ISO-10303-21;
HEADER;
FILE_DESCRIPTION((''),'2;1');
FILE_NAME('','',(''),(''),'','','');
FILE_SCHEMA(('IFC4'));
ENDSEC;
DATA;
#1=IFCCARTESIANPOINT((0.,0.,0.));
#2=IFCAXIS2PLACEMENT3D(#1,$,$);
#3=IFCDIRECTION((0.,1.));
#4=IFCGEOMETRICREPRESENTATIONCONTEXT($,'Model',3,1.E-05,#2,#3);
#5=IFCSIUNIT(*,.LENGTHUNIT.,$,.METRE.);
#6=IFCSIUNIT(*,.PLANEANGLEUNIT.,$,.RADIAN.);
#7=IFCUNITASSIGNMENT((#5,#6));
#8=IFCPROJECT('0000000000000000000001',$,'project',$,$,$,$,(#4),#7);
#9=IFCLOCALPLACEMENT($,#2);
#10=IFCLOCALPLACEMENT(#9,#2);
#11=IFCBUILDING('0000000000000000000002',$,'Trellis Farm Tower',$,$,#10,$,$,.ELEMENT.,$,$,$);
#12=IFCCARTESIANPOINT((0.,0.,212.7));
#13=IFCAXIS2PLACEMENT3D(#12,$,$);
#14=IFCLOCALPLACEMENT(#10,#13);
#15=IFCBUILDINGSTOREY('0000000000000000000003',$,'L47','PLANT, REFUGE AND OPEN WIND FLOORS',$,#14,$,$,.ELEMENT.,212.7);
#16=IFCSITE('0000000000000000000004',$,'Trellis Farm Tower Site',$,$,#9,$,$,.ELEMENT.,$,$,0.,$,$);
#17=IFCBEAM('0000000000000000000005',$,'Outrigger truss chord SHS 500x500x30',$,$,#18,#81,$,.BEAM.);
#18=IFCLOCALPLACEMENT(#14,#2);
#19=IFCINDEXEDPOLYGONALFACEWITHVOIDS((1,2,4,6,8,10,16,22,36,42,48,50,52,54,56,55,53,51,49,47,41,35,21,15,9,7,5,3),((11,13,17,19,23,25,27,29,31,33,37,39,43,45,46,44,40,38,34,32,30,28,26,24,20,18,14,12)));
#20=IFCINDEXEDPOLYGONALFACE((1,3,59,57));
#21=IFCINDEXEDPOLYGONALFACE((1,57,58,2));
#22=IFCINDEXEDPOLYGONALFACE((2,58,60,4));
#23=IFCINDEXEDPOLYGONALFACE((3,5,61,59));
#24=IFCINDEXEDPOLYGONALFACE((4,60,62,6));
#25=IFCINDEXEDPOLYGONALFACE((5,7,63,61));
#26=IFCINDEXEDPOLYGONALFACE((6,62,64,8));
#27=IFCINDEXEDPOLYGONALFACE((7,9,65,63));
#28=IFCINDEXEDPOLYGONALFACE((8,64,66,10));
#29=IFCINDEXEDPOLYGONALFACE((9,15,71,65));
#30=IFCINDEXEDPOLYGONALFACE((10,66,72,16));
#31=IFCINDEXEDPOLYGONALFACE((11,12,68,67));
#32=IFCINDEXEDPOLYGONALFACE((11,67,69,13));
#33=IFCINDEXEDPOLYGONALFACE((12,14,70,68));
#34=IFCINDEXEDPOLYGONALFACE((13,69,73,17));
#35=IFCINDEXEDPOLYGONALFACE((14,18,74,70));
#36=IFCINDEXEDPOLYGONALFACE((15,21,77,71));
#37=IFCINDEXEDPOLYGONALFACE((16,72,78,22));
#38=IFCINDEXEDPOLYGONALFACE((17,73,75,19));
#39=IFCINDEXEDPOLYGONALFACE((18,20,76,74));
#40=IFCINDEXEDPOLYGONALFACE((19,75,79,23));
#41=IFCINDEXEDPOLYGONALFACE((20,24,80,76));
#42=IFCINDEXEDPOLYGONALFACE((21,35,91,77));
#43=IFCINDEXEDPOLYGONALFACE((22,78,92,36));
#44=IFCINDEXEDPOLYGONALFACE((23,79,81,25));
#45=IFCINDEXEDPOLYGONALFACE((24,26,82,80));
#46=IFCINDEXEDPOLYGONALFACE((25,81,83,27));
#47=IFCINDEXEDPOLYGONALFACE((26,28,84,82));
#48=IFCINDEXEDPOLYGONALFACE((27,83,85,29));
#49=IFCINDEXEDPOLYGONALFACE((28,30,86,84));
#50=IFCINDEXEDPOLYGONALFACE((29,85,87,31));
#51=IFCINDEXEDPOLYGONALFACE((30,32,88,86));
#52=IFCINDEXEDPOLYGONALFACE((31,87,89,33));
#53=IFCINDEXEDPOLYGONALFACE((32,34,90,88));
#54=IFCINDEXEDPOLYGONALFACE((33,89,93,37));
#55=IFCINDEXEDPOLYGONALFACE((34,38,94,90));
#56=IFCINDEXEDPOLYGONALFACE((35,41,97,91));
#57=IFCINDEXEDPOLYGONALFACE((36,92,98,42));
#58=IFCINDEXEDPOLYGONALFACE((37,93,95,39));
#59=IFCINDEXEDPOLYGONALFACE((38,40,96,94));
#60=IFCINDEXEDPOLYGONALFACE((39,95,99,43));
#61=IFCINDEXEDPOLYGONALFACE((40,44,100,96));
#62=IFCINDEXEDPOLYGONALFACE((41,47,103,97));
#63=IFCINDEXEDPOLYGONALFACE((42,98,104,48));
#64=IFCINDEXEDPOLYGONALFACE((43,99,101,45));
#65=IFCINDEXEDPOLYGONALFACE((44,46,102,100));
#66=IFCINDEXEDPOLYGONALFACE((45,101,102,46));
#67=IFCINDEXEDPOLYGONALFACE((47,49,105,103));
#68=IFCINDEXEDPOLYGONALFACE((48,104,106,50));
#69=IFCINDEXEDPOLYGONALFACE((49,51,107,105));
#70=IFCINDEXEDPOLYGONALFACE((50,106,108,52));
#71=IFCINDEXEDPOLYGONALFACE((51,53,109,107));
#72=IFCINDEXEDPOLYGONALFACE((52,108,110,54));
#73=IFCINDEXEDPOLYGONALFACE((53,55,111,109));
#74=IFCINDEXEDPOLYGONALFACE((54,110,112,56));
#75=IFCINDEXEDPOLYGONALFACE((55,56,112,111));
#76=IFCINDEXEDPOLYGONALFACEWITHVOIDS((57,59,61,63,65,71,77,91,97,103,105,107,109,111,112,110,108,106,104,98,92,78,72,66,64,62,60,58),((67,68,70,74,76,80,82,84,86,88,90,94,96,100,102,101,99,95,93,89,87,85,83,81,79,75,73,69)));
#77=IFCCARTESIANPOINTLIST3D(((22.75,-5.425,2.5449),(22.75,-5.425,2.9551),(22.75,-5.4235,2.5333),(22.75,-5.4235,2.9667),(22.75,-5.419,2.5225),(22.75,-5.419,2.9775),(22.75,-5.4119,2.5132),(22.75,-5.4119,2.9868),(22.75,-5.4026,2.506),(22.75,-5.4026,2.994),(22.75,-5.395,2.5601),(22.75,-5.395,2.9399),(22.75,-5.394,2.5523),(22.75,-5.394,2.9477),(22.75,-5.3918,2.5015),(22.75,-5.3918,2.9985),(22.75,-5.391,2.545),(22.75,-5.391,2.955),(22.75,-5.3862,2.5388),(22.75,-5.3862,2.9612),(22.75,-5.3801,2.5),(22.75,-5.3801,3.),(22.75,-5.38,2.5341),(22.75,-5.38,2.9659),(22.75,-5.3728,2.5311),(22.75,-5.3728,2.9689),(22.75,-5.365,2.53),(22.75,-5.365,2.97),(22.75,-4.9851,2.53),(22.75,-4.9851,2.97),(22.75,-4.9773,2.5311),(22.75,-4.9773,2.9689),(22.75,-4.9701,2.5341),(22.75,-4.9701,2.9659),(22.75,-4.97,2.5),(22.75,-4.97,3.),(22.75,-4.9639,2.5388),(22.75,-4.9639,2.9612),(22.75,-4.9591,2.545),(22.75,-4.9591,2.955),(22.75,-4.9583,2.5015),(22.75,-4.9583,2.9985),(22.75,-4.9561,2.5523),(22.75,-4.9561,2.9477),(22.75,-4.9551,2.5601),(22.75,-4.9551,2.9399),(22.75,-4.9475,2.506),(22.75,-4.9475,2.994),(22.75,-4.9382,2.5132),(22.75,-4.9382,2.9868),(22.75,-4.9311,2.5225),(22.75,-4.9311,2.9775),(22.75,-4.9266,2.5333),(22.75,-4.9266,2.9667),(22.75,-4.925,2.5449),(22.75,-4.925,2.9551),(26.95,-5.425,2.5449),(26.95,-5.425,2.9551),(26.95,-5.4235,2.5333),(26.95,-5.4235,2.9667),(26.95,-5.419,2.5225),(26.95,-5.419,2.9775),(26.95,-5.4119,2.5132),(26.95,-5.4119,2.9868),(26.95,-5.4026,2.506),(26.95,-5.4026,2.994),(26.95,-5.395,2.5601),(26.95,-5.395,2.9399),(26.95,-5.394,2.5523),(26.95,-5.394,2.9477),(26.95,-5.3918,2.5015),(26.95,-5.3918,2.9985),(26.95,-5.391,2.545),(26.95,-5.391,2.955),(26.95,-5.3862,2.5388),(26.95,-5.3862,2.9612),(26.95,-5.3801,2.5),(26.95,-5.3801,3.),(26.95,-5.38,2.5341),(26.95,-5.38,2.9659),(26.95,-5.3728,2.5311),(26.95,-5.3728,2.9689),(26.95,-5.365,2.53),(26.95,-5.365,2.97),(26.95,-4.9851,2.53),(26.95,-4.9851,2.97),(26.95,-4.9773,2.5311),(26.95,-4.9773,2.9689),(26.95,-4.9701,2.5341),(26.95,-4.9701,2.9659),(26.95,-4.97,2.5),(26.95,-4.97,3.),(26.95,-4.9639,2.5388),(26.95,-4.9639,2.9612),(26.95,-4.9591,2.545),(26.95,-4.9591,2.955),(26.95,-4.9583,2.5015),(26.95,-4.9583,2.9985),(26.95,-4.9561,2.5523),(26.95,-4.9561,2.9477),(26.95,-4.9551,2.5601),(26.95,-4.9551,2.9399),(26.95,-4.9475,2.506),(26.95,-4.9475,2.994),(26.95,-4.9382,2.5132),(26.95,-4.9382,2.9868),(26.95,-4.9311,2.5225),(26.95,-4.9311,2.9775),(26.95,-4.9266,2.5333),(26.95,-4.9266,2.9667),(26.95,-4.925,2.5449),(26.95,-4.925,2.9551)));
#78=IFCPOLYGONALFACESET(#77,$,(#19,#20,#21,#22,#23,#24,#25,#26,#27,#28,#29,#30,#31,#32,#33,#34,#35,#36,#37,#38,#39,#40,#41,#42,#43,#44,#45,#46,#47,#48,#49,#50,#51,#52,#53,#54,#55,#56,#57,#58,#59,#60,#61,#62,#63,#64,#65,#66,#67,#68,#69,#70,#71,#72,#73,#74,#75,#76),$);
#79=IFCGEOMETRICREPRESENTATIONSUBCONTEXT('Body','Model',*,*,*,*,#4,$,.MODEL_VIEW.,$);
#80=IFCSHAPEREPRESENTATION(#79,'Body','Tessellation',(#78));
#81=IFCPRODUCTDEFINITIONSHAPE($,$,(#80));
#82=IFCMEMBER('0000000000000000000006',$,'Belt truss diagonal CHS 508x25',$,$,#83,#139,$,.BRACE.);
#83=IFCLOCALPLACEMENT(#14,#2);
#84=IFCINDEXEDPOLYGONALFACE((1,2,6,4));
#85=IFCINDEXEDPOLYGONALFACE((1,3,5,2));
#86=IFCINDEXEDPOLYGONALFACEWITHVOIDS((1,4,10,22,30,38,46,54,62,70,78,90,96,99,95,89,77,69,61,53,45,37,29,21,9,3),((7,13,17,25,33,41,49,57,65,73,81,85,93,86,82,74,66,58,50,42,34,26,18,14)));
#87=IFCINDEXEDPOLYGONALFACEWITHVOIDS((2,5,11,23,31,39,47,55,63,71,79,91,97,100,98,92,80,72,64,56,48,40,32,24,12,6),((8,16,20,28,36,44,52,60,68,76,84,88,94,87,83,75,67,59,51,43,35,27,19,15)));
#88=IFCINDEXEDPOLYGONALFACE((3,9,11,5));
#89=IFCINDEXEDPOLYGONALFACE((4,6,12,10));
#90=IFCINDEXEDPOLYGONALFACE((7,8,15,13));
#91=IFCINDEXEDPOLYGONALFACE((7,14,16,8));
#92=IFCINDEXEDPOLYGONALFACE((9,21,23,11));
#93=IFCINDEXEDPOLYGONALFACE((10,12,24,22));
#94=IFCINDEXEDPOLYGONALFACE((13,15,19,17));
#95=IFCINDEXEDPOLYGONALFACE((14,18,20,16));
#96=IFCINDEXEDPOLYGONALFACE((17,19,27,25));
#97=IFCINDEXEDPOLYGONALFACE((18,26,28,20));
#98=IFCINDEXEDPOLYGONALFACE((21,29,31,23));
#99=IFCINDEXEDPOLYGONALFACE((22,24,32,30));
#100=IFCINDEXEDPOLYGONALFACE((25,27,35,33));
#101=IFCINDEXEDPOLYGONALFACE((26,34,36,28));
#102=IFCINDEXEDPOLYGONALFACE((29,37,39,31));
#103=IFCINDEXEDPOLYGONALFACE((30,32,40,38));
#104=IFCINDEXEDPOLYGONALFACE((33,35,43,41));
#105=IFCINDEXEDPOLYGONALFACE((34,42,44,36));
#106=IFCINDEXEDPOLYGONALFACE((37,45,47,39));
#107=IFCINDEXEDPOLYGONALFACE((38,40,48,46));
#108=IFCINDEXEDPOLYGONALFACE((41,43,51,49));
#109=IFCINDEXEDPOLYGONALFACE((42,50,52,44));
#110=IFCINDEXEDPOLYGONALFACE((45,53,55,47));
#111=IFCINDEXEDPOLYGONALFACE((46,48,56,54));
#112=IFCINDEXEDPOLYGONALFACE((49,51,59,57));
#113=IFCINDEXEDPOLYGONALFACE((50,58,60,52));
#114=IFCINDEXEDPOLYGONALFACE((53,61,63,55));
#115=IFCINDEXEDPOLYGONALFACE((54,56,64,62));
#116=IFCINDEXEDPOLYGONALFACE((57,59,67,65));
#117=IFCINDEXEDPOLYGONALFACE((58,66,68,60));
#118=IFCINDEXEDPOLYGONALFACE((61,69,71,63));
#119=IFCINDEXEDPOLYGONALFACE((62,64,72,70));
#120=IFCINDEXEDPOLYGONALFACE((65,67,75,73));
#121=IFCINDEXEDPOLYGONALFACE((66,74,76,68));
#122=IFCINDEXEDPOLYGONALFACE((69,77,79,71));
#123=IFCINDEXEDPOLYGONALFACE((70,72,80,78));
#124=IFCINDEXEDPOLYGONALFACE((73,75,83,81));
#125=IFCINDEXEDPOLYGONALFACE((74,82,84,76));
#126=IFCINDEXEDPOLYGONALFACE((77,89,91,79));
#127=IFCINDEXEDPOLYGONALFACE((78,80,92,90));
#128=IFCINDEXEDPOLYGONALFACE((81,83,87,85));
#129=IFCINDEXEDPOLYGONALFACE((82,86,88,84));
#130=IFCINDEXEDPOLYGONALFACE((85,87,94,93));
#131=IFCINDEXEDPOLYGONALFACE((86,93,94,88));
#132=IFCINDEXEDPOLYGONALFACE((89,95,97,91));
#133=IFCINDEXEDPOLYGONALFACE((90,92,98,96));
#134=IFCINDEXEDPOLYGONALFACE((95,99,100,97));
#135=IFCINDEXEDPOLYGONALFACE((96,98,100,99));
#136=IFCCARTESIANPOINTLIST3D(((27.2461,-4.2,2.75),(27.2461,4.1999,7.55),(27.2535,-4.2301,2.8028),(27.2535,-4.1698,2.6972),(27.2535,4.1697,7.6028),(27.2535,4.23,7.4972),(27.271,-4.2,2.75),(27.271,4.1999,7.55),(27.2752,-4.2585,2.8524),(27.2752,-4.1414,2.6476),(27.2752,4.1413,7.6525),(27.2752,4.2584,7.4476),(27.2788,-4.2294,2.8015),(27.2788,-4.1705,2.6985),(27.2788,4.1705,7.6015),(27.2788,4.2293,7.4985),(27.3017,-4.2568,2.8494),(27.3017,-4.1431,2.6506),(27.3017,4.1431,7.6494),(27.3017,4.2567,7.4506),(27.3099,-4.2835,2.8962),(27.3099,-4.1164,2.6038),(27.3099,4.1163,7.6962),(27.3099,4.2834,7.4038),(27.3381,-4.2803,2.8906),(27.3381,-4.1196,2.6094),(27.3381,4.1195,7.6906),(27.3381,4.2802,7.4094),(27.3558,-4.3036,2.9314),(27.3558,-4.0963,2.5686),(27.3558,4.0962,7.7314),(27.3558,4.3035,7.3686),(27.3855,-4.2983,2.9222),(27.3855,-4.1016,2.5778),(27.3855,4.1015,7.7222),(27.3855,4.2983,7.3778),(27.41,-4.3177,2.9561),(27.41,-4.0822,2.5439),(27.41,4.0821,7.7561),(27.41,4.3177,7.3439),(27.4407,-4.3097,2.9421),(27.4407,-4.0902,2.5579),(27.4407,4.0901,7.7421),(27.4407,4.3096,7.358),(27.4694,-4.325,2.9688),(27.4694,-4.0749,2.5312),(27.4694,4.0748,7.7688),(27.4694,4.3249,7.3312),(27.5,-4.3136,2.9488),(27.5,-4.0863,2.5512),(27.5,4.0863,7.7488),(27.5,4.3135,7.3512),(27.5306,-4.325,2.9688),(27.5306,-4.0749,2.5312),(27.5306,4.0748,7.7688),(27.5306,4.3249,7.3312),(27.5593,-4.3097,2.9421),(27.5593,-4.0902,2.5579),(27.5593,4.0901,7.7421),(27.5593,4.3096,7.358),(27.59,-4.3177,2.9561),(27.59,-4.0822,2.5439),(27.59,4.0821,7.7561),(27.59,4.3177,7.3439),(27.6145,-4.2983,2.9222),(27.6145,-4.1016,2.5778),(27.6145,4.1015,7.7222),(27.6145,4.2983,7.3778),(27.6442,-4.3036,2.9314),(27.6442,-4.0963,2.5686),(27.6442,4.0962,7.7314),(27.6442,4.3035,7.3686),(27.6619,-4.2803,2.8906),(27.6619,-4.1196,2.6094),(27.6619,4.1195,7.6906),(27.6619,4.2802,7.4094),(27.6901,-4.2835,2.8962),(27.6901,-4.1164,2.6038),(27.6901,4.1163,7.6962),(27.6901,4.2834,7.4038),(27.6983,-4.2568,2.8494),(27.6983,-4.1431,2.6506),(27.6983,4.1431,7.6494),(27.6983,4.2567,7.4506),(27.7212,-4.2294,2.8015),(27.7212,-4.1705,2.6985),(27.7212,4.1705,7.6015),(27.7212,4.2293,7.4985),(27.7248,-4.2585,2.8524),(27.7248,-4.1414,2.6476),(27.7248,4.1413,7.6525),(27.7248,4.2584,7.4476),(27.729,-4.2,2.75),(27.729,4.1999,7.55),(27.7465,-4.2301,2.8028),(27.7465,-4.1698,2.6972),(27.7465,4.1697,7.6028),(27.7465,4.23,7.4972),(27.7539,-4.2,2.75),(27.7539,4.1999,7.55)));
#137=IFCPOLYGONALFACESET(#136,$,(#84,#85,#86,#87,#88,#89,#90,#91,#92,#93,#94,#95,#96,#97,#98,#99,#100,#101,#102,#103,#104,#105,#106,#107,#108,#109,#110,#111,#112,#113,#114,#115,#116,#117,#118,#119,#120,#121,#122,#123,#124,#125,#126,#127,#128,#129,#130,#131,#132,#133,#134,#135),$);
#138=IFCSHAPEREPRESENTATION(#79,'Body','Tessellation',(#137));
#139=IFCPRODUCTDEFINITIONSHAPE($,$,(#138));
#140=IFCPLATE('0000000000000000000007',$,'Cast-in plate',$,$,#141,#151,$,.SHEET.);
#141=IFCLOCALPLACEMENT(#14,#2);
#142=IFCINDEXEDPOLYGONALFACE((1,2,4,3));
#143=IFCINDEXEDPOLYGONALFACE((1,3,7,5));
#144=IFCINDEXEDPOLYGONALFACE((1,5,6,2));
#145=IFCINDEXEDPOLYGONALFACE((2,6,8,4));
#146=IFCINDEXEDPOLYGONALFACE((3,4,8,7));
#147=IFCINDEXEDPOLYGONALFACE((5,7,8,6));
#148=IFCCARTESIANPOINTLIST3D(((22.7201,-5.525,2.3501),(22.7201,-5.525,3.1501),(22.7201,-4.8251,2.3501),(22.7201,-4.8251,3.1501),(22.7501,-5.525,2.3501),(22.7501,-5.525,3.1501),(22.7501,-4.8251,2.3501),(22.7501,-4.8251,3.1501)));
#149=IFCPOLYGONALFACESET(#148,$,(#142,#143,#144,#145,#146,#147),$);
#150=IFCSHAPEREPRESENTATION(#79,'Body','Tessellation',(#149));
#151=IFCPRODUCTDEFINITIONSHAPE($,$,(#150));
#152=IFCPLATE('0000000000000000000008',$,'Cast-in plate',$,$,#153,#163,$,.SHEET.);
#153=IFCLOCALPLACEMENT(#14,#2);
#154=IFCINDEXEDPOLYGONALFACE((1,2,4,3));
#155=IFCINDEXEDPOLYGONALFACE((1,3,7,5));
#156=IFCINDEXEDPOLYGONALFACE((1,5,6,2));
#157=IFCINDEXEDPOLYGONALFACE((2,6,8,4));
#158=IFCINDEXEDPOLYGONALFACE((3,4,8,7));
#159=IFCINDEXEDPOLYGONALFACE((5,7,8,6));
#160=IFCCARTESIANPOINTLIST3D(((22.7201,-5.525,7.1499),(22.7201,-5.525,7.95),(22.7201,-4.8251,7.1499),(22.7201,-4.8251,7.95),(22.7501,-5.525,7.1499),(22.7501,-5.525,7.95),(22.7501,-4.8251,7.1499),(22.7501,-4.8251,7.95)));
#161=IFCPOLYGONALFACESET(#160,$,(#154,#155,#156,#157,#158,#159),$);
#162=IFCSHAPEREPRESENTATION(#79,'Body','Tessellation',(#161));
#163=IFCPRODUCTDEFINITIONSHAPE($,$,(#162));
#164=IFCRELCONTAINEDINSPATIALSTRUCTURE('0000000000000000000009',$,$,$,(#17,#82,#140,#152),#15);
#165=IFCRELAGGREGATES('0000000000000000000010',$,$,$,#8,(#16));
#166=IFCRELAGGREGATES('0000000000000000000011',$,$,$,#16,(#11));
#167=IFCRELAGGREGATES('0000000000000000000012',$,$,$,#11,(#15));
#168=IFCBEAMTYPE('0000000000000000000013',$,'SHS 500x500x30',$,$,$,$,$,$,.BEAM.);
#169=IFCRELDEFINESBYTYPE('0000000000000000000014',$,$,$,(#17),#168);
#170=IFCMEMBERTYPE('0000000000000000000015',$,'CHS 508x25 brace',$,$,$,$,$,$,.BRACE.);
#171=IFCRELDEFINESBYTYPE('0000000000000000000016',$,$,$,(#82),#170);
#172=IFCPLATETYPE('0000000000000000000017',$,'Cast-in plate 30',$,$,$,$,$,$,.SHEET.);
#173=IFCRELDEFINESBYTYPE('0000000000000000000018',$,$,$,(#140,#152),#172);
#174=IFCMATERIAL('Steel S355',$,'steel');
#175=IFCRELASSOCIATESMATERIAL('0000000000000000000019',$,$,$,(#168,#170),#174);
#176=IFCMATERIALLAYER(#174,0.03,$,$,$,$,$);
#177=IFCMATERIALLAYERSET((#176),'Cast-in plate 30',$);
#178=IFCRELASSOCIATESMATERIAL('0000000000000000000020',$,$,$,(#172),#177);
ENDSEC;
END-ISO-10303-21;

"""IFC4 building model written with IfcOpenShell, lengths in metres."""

from ifc_helpers import new_model, si_unit, direction, frame, origin, origin_2d, place, context, subcontext, project, spatial, rectangle, hollow_rectangle, hollow_circle, extrude, source, transform, mapped, material, layer, layer_set, material_profile, profile_set, type_object, element, save


model = new_model("IFC4")

# Units and contexts
model_context = context("Model", 3, precision=1e-05, world=origin(), true_north=direction((0.0, 1.0)))
body_context = subcontext(model_context, "Body", "Model", "MODEL_VIEW")
ifc_project = project(units=[si_unit("LENGTHUNIT", "METRE"), si_unit("PLANEANGLEUNIT", "RADIAN")], contexts=[model_context])

# Site, building, storey
site_placement = place(None, origin())
site = spatial("IfcSite", under=ifc_project, at=site_placement, Name="Trellis Farm Tower Site", CompositionType="ELEMENT", RefElevation=0.0)
building_placement = place(site_placement, origin())
building = spatial("IfcBuilding", under=site, at=building_placement, Name="Trellis Farm Tower", CompositionType="ELEMENT")
storey_placement = place(building_placement, frame((0.0, 0.0, 212.7)))
storey = spatial("IfcBuildingStorey", under=building, at=storey_placement, Name="L47", Description="PLANT, REFUGE AND OPEN WIND FLOORS", CompositionType="ELEMENT", Elevation=212.7)

# Shared definitions
ifc_material_1 = material(Name="Steel S355", Category="steel")

# Beam
ifc_material_profile_1 = material_profile(ifc_material_1, hollow_rectangle(XDim=0.5, YDim=0.5, WallThickness=0.03, InnerFilletRadius=0.03, OuterFilletRadius=0.0449, at=origin_2d()), Name="SHS 500x500x30")
ifc_profile_set_1 = profile_set([ifc_material_profile_1], Name="Steel S355")
beam_type_1 = type_object("IfcBeamType", Name="SHS 500x500x30", PredefinedType="BEAM", material=ifc_profile_set_1)
shared_shape_1 = source(origin(), body_context, "Body", "SweptSolid", [
    extrude(hollow_rectangle(XDim=0.5, YDim=0.5, WallThickness=0.03, InnerFilletRadius=0.03, OuterFilletRadius=0.0449, at=origin_2d()), origin(), (0.0, 0.0, 1.0), 4.2),
])
beam_1_placement = place(storey_placement, frame((22.75, -5.175, 2.75), z_axis=(1.0, 0.0, 0.0), x_axis=(0.0, 1.0, 0.0)))
element("IfcBeam", 1, at=beam_1_placement, inside=storey, type_object=beam_type_1, Name="Outrigger truss chord SHS 500x500x30", PredefinedType="BEAM", context=body_context, shape_type="MappedRepresentation", body=[
    mapped(shared_shape_1, transform((0.0, 0.0, 0.0))),
])

# Member
ifc_material_profile_2 = material_profile(ifc_material_1, hollow_circle(Radius=0.2539, WallThickness=0.0249, at=origin_2d()), Name="CHS 508x25")
ifc_profile_set_2 = profile_set([ifc_material_profile_2], Name="Steel S355")
member_type_1 = type_object("IfcMemberType", Name="CHS 508x25 brace", PredefinedType="BRACE", material=ifc_profile_set_2)
shared_shape_2 = source(origin(), body_context, "Body", "SweptSolid", [
    extrude(hollow_circle(Radius=0.2539, WallThickness=0.0249, at=origin_2d()), origin(), (0.0, 0.0, 1.0), 9.6746),
])
member_1_placement = place(storey_placement, frame((27.5, -4.2, 2.75), z_axis=(0.0, 0.868238, 0.496147), x_axis=(-1.0, 0.0, 0.0)))
element("IfcMember", 2, at=member_1_placement, inside=storey, type_object=member_type_1, Name="Belt truss diagonal CHS 508x25", PredefinedType="BRACE", context=body_context, shape_type="MappedRepresentation", body=[
    mapped(shared_shape_2, transform((0.0, 0.0, 0.0))),
])

# Plates
ifc_layer = layer(ifc_material_1, 0.03)
ifc_layer_set = layer_set([ifc_layer], Name="Cast-in plate 30")
plate_type = type_object("IfcPlateType", Name="Cast-in plate 30", PredefinedType="SHEET", material=ifc_layer_set)
plate_1_placement = place(storey_placement, frame((22.7351, -5.175, 2.3501), z_axis=(0.0, 0.0, 1.0), x_axis=(1.0, 0.0, 0.0)))
element("IfcPlate", 3, at=plate_1_placement, inside=storey, type_object=plate_type, Name="Cast-in plate", PredefinedType="SHEET", context=body_context, shape_type="SweptSolid", body=[
    extrude(rectangle(XDim=0.03, YDim=0.7, at=origin_2d()), origin(), (0.0, 0.0, 1.0), 0.8),
])
shared_shape_3 = source(origin(), body_context, "Body", "SweptSolid", [
    extrude(rectangle(XDim=0.03, YDim=0.7, at=origin_2d()), origin(), (0.0, 0.0, 1.0), 0.8),
])
plate_2_placement = place(storey_placement, frame((22.7351, -5.175, 7.1499), z_axis=(0.0, 0.0, 1.0), x_axis=(1.0, 0.0, 0.0)))
element("IfcPlate", 4, at=plate_2_placement, inside=storey, type_object=plate_type, Name="Cast-in plate", PredefinedType="SHEET", context=body_context, shape_type="MappedRepresentation", body=[
    mapped(shared_shape_3, transform((0.0, 0.0, 0.0))),
])

save(model, "model.ifc")
